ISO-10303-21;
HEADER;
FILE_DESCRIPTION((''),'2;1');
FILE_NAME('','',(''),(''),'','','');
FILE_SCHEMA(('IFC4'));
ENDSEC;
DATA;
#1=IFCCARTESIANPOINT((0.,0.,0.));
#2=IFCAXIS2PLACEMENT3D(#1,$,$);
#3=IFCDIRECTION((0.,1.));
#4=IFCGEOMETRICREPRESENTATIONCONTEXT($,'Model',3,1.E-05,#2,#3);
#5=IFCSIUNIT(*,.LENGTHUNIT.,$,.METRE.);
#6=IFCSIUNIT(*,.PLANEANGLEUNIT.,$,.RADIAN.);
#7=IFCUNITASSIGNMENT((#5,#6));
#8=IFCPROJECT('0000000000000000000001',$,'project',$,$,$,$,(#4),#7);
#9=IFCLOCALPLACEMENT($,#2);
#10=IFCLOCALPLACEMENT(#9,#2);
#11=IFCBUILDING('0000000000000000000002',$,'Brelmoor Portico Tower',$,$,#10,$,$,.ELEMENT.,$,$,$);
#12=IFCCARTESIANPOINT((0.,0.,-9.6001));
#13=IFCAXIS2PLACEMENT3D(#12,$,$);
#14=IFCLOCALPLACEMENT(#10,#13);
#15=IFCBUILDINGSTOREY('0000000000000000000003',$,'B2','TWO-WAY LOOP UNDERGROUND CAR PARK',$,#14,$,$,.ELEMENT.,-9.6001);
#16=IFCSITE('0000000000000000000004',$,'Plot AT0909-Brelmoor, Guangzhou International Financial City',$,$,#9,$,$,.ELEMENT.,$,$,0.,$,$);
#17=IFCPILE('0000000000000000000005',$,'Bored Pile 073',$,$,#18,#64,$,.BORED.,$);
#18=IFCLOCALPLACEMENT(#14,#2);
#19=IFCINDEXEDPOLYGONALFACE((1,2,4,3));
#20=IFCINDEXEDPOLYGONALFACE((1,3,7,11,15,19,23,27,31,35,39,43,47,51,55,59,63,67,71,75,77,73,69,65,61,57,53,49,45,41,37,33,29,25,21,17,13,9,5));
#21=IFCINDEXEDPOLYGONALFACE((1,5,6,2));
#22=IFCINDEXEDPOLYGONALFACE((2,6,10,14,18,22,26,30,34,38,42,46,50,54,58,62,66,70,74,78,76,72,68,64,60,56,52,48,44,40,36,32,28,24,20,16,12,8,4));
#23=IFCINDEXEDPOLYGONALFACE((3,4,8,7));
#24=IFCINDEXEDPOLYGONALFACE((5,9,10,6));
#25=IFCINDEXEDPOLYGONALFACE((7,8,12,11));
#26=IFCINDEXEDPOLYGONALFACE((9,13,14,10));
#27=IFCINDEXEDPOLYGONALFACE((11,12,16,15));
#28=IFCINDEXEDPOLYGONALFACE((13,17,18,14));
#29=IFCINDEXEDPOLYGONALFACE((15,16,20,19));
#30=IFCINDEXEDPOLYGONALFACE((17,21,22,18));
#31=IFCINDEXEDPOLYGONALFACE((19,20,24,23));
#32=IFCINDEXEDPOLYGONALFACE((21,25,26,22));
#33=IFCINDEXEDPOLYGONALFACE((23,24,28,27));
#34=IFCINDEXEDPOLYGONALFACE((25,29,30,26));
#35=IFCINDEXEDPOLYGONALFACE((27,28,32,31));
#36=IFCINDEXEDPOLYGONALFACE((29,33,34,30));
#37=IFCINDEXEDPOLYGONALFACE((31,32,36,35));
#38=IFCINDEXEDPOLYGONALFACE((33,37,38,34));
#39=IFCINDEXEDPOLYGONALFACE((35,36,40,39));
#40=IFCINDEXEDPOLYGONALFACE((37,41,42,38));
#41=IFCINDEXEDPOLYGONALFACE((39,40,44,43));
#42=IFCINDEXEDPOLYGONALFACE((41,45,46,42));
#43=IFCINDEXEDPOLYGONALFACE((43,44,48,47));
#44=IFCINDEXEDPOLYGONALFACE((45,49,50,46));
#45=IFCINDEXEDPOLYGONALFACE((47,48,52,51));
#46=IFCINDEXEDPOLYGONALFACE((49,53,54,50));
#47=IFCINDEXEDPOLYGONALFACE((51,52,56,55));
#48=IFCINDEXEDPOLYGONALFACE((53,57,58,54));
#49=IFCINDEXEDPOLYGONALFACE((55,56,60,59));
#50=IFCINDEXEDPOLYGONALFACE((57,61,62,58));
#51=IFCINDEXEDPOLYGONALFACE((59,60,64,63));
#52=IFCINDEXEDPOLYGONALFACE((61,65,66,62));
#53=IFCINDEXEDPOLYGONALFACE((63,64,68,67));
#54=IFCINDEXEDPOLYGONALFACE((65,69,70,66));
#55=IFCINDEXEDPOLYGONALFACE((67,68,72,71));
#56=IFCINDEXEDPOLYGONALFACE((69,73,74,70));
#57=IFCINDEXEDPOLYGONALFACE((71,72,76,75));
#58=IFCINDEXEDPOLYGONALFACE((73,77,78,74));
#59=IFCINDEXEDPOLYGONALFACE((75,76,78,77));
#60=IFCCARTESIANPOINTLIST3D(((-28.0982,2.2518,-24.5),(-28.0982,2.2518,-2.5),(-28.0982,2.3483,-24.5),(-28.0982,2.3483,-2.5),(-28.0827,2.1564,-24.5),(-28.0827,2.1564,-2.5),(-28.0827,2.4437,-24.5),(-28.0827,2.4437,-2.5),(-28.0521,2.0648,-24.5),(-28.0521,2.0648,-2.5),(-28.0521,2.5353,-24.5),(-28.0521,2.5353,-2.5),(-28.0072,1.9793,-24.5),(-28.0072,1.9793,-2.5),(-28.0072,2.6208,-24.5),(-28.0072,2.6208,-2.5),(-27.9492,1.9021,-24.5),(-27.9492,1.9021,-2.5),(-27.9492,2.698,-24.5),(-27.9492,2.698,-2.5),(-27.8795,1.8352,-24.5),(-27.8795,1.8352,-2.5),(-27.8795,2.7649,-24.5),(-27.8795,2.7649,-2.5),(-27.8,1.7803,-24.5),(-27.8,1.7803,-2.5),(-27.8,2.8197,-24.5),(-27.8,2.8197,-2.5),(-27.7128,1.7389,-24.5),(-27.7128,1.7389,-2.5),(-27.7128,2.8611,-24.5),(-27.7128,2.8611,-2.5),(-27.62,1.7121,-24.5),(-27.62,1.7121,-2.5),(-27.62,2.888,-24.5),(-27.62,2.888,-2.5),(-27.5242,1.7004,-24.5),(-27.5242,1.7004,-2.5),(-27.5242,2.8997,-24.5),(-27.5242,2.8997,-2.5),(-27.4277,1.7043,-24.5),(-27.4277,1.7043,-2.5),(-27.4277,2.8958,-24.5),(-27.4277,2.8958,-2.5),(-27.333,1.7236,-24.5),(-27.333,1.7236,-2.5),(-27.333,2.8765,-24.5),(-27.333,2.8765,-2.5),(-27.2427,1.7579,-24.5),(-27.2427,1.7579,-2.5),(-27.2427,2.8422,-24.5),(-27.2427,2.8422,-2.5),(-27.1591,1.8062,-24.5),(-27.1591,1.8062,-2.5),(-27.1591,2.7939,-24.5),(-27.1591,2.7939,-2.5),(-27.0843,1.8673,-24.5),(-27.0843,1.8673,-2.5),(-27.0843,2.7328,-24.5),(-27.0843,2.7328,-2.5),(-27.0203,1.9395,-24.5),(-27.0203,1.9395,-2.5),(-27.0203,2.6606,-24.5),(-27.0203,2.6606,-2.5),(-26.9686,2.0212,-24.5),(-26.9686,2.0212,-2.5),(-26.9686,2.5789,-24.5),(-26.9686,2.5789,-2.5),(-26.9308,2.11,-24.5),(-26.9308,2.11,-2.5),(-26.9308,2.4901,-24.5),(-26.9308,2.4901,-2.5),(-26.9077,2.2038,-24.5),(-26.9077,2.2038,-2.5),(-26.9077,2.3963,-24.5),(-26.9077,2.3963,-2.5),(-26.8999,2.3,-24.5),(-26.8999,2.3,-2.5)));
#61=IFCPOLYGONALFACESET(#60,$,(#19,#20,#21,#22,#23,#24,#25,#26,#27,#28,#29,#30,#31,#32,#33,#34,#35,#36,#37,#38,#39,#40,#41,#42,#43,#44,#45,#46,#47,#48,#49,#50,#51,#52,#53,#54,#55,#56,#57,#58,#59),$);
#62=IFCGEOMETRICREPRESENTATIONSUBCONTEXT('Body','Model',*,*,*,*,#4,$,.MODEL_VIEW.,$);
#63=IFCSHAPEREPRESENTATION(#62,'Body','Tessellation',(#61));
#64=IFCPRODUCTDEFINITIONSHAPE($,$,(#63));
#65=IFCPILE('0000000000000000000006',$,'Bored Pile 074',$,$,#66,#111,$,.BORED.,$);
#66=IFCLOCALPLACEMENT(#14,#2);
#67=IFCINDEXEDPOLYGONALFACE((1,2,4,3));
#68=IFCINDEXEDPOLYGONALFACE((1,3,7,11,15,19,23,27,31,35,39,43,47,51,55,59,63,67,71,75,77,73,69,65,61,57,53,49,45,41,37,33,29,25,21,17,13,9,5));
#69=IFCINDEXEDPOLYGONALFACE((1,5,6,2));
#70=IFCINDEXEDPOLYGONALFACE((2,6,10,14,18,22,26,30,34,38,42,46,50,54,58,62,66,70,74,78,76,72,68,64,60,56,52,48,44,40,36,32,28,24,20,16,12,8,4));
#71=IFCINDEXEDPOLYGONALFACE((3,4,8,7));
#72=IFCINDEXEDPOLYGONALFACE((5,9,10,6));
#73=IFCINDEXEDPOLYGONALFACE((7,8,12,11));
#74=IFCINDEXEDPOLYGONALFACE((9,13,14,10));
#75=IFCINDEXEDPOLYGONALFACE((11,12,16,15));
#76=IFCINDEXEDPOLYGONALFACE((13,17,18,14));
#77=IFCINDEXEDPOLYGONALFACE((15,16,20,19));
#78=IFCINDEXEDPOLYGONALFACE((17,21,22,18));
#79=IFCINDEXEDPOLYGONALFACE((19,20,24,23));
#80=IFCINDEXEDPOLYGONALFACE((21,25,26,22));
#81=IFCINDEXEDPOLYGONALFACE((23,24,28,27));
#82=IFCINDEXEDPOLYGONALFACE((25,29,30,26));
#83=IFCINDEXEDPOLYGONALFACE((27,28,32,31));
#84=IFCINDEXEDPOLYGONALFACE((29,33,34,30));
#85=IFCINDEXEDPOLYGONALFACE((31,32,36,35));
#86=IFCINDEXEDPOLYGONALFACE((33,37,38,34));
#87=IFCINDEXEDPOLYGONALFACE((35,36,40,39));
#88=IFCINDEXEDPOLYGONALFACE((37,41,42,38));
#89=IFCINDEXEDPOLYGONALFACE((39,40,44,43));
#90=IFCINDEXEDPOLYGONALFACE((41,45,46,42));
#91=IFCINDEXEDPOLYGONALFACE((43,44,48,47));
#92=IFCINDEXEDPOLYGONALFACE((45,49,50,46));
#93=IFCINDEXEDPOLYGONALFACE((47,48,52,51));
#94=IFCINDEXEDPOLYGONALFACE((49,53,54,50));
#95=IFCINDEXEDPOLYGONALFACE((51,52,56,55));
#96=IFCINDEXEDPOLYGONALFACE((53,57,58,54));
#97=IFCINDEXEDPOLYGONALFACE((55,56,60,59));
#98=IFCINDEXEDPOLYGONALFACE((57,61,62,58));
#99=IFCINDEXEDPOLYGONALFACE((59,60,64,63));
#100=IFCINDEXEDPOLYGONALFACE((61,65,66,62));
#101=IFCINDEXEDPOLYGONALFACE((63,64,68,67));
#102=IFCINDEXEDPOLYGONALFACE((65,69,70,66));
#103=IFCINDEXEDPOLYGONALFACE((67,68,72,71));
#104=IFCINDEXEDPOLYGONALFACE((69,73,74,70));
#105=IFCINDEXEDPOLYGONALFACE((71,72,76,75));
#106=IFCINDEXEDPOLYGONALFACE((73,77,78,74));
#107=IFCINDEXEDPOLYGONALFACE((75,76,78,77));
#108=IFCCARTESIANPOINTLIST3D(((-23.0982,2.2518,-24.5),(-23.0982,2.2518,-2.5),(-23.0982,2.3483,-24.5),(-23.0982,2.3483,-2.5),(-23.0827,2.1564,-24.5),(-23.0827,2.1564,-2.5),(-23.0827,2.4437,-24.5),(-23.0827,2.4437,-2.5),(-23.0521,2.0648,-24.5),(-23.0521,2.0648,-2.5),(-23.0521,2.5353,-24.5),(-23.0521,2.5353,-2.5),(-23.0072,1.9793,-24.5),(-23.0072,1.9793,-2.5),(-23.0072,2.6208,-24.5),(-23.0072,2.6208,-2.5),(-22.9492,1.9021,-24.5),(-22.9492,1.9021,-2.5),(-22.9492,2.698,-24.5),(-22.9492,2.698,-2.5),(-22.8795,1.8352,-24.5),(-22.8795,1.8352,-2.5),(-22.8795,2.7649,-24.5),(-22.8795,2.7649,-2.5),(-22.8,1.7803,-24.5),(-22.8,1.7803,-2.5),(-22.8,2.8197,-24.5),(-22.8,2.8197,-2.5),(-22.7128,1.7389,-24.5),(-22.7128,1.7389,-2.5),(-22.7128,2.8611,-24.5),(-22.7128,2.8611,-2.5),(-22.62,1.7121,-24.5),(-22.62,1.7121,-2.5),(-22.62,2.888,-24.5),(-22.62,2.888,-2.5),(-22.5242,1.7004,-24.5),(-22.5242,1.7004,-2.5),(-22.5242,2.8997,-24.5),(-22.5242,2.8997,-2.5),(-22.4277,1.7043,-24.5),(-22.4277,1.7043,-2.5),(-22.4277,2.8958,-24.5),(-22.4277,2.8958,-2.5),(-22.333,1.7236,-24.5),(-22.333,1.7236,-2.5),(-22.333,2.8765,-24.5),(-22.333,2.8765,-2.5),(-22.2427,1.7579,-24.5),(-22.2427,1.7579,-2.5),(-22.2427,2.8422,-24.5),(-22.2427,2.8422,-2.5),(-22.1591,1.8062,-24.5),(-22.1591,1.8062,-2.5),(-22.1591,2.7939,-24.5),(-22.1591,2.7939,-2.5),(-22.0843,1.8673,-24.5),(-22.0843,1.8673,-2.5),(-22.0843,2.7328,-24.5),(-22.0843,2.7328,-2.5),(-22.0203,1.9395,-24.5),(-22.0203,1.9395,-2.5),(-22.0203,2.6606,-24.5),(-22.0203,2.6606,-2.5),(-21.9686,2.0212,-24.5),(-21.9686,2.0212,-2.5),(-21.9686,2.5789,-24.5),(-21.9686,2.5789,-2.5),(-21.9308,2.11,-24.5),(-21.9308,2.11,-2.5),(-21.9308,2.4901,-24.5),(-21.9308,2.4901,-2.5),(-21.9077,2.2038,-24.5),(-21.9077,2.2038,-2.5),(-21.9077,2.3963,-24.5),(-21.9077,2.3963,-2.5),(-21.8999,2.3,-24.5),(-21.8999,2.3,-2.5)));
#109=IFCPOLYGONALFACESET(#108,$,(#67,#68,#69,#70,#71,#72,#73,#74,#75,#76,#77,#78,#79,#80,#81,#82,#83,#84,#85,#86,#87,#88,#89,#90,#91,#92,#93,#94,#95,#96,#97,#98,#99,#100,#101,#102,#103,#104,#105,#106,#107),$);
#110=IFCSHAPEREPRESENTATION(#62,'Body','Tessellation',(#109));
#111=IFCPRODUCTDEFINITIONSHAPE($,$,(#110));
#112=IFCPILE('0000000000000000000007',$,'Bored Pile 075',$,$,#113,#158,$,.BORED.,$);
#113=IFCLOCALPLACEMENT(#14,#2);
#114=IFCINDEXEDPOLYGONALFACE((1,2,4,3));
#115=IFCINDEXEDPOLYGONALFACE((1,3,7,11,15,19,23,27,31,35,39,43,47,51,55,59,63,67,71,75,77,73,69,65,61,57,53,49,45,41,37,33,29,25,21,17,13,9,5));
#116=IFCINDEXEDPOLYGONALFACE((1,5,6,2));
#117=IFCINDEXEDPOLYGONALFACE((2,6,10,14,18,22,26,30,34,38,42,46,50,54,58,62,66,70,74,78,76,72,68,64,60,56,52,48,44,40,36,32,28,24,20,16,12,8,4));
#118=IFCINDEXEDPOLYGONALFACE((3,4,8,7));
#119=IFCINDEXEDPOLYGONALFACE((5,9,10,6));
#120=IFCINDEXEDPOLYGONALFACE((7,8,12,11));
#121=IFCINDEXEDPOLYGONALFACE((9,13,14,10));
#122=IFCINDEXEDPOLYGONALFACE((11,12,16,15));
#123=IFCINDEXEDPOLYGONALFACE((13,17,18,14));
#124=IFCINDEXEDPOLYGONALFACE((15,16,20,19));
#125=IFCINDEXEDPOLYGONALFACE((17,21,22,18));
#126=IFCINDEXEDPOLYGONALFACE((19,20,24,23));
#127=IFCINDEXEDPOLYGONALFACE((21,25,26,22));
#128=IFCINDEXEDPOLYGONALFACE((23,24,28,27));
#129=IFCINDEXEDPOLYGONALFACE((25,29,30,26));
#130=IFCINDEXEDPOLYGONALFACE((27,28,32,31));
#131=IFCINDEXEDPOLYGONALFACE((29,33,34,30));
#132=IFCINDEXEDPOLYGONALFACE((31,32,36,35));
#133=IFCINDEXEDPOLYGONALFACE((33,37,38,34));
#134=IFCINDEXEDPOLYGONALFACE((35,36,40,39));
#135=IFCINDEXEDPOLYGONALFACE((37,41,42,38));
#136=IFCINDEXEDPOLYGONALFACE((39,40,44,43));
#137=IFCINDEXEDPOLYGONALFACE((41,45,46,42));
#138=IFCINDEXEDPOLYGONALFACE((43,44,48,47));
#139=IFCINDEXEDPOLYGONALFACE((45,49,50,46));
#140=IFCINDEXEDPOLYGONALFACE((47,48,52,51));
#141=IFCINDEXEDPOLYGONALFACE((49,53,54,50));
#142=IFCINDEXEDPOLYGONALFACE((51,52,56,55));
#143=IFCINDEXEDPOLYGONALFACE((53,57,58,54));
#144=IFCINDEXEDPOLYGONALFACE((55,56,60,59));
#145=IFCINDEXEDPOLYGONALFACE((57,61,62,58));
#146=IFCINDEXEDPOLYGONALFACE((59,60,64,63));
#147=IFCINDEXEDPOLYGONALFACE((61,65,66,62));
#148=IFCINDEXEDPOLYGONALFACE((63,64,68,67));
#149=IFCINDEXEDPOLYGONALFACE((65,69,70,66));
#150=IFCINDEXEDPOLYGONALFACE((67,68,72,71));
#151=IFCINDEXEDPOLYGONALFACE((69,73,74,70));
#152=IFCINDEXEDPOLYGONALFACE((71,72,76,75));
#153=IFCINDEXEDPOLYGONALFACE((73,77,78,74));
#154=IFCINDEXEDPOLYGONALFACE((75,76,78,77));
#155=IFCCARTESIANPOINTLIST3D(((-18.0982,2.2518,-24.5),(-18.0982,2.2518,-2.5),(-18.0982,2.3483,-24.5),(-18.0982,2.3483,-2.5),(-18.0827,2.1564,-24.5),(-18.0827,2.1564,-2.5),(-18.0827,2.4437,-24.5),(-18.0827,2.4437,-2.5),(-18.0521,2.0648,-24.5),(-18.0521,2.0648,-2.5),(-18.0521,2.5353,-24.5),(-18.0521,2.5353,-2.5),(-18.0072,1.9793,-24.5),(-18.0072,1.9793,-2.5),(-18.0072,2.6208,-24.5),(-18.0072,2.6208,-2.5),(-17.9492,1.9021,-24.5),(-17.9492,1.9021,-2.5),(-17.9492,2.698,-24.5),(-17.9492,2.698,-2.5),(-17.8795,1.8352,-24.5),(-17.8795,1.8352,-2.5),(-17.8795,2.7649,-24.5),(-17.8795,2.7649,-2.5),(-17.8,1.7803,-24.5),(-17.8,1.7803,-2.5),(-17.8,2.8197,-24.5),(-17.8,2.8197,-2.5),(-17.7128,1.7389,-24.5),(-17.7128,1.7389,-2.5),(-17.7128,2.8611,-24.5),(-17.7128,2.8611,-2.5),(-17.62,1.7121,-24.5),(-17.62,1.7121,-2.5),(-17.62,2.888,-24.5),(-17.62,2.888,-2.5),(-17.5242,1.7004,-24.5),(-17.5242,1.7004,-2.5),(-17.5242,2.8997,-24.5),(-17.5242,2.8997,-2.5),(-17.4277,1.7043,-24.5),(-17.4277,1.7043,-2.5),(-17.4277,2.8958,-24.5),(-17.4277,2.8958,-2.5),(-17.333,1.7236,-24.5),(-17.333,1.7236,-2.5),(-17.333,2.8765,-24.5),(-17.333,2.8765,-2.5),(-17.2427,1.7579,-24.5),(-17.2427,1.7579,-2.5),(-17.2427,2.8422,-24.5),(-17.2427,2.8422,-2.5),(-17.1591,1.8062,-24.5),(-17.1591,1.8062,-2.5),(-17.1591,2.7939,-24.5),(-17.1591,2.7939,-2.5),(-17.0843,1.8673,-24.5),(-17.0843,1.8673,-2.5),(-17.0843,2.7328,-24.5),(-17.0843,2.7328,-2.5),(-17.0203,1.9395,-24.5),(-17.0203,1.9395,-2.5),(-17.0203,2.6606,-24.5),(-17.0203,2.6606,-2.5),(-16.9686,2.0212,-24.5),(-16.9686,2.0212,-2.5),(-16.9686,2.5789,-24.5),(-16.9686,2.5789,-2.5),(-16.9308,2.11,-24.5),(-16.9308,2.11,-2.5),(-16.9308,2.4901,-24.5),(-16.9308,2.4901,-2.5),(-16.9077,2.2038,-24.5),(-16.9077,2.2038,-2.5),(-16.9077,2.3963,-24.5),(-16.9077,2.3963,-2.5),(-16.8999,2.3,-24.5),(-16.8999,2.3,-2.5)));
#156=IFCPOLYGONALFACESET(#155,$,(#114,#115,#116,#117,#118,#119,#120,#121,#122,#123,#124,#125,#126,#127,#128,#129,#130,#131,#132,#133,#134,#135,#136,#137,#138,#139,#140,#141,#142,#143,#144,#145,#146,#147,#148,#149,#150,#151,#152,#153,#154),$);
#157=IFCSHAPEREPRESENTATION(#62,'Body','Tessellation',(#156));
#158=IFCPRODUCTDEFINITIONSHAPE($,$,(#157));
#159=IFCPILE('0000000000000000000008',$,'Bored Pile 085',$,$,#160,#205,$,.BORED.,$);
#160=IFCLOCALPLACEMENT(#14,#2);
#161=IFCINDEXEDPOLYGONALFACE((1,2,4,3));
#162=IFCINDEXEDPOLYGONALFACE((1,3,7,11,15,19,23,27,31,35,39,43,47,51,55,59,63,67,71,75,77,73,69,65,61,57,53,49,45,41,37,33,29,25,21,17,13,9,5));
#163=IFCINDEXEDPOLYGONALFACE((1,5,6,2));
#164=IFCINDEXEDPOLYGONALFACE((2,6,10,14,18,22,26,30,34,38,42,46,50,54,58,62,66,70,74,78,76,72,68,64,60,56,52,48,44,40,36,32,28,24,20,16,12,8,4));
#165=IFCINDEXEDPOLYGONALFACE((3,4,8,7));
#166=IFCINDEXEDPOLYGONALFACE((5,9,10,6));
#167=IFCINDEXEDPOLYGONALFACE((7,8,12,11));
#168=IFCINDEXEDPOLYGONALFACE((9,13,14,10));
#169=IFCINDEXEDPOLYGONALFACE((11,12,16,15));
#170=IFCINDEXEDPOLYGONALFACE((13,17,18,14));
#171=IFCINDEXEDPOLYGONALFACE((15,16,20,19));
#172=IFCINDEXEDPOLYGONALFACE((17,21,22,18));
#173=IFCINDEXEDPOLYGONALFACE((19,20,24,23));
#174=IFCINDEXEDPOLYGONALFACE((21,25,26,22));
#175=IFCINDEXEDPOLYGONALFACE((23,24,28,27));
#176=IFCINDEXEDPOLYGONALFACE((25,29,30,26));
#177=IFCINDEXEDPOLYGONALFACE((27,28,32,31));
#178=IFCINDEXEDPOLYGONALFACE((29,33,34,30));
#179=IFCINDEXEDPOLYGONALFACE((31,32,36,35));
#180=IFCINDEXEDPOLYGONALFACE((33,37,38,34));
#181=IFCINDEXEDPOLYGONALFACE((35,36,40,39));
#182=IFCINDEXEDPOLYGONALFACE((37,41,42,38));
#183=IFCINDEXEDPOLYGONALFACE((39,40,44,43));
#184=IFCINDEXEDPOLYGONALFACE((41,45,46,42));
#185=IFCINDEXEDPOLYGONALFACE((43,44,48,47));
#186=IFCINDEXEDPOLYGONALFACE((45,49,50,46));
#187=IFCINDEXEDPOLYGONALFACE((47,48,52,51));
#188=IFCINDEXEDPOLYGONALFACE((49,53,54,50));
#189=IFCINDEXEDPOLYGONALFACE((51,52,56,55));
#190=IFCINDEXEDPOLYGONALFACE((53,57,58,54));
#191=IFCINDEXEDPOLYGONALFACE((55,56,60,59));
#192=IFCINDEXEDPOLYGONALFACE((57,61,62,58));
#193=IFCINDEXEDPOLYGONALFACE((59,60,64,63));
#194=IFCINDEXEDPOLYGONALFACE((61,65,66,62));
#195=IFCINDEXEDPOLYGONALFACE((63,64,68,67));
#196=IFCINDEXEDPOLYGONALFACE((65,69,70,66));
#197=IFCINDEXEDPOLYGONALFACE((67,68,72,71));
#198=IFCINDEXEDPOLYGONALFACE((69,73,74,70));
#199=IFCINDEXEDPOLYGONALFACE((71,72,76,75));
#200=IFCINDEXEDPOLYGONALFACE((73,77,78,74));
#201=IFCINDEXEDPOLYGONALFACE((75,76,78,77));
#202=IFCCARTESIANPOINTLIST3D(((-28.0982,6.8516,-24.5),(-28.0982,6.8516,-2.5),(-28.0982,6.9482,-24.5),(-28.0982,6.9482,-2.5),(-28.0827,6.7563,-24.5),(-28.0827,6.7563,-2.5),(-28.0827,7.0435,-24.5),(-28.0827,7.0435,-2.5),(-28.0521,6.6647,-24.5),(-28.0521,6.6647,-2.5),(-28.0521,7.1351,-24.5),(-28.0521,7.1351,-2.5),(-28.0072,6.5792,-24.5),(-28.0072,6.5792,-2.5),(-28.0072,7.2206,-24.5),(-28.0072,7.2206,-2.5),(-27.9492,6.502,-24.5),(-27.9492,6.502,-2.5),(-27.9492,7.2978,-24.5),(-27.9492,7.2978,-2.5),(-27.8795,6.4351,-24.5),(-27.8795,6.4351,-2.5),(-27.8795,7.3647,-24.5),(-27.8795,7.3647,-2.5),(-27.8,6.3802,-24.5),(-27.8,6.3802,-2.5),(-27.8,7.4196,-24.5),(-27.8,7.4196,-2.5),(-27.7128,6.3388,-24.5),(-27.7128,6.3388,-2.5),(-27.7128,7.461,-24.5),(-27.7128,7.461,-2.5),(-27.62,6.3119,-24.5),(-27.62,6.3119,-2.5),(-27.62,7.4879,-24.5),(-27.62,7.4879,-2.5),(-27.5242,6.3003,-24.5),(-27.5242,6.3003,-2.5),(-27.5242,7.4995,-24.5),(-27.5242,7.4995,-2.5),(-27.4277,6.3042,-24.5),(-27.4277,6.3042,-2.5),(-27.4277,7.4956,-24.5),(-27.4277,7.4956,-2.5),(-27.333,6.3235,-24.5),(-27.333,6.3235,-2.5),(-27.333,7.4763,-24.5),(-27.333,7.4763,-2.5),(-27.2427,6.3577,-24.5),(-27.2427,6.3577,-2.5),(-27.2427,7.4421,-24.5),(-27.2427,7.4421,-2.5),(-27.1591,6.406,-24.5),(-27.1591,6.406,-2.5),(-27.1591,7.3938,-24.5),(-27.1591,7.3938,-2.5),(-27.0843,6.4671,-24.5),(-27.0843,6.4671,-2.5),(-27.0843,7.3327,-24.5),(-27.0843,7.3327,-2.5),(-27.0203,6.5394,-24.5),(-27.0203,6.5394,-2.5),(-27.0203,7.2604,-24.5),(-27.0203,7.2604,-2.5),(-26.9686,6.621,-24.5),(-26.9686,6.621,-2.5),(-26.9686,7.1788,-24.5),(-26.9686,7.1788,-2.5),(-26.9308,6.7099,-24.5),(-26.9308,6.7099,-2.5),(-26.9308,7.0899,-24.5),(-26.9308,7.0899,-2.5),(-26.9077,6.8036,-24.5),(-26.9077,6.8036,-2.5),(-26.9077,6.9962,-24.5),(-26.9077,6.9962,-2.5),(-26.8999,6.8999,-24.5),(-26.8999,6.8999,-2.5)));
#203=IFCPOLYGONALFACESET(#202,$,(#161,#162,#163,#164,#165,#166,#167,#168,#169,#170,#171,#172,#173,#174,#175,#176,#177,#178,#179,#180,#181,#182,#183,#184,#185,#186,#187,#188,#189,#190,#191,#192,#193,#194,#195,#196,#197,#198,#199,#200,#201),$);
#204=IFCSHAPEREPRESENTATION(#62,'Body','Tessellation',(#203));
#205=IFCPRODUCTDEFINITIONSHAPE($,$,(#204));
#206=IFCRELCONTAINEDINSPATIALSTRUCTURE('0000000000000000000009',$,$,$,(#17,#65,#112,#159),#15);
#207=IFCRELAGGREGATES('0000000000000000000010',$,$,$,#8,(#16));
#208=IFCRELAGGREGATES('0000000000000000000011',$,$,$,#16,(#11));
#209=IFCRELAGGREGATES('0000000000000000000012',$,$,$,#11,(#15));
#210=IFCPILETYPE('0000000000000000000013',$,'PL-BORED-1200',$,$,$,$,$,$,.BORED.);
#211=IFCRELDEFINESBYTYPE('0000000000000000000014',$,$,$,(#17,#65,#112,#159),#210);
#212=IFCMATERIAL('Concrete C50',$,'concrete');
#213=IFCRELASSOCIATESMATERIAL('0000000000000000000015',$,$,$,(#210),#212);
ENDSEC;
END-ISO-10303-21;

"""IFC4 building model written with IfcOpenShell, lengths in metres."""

from ifc_helpers import new_model, si_unit, direction, frame, origin, origin_2d, place, context, subcontext, project, spatial, circle, extrude, material, material_profile, profile_set, type_object, element, save


model = new_model("IFC4")

# Units and contexts
model_context = context("Model", 3, precision=1e-05, world=origin(), true_north=direction((0.0, 1.0)))
body_context = subcontext(model_context, "Body", "Model", "MODEL_VIEW")
ifc_project = project(units=[si_unit("LENGTHUNIT", "METRE"), si_unit("PLANEANGLEUNIT", "RADIAN")], contexts=[model_context])

# Site, building, storey
site_placement = place(None, origin())
site = spatial("IfcSite", under=ifc_project, at=site_placement, Name="Plot AT0909-Brelmoor, Guangzhou International Financial City", CompositionType="ELEMENT", RefElevation=0.0)
building_placement = place(site_placement, origin())
building = spatial("IfcBuilding", under=site, at=building_placement, Name="Brelmoor Portico Tower", CompositionType="ELEMENT")
storey_placement = place(building_placement, frame((0.0, 0.0, -9.6001)))
storey = spatial("IfcBuildingStorey", under=building, at=storey_placement, Name="B2", Description="TWO-WAY LOOP UNDERGROUND CAR PARK", CompositionType="ELEMENT", Elevation=-9.6001)

# Piles
ifc_material_1 = material(Name="Concrete C50", Category="concrete")
ifc_material_profile_1 = material_profile(ifc_material_1, circle(Radius=0.6001, at=origin_2d()), Name="BORED PILE D1200")
ifc_profile_set_1 = profile_set([ifc_material_profile_1], Name="Concrete C50")
pile_type_1 = type_object("IfcPileType", Name="PL-BORED-1200", PredefinedType="BORED", material=ifc_profile_set_1)
for number, where, z_axis, x_axis, name in (
    (1, (-27.5, 2.3, -2.5), (0.0, 0.0, -1.0), (1.0, 0.0, 0.0), "Bored Pile 073"),
    (2, (-22.5, 2.3, -2.5), (0.0, 0.0, -1.0), (1.0, 0.0, 0.0), "Bored Pile 074"),
    (3, (-17.5, 2.3, -2.5), (0.0, 0.0, -1.0), (1.0, 0.0, 0.0), "Bored Pile 075"),
    (4, (-27.5, 6.8999, -2.5), (0.0, 0.0, -1.0), (1.0, 0.0, 0.0), "Bored Pile 085"),
):
    element("IfcPile", number, at=place(storey_placement, frame(where, z_axis=z_axis, x_axis=x_axis)), inside=storey, type_object=pile_type_1, Name=name, PredefinedType="BORED", context=body_context, shape_type="SweptSolid", body=[
        extrude(circle(Radius=0.6001, at=origin_2d()), origin(), (0.0, 0.0, 1.0), 22.0),
    ])

save(model, "model.ifc")
